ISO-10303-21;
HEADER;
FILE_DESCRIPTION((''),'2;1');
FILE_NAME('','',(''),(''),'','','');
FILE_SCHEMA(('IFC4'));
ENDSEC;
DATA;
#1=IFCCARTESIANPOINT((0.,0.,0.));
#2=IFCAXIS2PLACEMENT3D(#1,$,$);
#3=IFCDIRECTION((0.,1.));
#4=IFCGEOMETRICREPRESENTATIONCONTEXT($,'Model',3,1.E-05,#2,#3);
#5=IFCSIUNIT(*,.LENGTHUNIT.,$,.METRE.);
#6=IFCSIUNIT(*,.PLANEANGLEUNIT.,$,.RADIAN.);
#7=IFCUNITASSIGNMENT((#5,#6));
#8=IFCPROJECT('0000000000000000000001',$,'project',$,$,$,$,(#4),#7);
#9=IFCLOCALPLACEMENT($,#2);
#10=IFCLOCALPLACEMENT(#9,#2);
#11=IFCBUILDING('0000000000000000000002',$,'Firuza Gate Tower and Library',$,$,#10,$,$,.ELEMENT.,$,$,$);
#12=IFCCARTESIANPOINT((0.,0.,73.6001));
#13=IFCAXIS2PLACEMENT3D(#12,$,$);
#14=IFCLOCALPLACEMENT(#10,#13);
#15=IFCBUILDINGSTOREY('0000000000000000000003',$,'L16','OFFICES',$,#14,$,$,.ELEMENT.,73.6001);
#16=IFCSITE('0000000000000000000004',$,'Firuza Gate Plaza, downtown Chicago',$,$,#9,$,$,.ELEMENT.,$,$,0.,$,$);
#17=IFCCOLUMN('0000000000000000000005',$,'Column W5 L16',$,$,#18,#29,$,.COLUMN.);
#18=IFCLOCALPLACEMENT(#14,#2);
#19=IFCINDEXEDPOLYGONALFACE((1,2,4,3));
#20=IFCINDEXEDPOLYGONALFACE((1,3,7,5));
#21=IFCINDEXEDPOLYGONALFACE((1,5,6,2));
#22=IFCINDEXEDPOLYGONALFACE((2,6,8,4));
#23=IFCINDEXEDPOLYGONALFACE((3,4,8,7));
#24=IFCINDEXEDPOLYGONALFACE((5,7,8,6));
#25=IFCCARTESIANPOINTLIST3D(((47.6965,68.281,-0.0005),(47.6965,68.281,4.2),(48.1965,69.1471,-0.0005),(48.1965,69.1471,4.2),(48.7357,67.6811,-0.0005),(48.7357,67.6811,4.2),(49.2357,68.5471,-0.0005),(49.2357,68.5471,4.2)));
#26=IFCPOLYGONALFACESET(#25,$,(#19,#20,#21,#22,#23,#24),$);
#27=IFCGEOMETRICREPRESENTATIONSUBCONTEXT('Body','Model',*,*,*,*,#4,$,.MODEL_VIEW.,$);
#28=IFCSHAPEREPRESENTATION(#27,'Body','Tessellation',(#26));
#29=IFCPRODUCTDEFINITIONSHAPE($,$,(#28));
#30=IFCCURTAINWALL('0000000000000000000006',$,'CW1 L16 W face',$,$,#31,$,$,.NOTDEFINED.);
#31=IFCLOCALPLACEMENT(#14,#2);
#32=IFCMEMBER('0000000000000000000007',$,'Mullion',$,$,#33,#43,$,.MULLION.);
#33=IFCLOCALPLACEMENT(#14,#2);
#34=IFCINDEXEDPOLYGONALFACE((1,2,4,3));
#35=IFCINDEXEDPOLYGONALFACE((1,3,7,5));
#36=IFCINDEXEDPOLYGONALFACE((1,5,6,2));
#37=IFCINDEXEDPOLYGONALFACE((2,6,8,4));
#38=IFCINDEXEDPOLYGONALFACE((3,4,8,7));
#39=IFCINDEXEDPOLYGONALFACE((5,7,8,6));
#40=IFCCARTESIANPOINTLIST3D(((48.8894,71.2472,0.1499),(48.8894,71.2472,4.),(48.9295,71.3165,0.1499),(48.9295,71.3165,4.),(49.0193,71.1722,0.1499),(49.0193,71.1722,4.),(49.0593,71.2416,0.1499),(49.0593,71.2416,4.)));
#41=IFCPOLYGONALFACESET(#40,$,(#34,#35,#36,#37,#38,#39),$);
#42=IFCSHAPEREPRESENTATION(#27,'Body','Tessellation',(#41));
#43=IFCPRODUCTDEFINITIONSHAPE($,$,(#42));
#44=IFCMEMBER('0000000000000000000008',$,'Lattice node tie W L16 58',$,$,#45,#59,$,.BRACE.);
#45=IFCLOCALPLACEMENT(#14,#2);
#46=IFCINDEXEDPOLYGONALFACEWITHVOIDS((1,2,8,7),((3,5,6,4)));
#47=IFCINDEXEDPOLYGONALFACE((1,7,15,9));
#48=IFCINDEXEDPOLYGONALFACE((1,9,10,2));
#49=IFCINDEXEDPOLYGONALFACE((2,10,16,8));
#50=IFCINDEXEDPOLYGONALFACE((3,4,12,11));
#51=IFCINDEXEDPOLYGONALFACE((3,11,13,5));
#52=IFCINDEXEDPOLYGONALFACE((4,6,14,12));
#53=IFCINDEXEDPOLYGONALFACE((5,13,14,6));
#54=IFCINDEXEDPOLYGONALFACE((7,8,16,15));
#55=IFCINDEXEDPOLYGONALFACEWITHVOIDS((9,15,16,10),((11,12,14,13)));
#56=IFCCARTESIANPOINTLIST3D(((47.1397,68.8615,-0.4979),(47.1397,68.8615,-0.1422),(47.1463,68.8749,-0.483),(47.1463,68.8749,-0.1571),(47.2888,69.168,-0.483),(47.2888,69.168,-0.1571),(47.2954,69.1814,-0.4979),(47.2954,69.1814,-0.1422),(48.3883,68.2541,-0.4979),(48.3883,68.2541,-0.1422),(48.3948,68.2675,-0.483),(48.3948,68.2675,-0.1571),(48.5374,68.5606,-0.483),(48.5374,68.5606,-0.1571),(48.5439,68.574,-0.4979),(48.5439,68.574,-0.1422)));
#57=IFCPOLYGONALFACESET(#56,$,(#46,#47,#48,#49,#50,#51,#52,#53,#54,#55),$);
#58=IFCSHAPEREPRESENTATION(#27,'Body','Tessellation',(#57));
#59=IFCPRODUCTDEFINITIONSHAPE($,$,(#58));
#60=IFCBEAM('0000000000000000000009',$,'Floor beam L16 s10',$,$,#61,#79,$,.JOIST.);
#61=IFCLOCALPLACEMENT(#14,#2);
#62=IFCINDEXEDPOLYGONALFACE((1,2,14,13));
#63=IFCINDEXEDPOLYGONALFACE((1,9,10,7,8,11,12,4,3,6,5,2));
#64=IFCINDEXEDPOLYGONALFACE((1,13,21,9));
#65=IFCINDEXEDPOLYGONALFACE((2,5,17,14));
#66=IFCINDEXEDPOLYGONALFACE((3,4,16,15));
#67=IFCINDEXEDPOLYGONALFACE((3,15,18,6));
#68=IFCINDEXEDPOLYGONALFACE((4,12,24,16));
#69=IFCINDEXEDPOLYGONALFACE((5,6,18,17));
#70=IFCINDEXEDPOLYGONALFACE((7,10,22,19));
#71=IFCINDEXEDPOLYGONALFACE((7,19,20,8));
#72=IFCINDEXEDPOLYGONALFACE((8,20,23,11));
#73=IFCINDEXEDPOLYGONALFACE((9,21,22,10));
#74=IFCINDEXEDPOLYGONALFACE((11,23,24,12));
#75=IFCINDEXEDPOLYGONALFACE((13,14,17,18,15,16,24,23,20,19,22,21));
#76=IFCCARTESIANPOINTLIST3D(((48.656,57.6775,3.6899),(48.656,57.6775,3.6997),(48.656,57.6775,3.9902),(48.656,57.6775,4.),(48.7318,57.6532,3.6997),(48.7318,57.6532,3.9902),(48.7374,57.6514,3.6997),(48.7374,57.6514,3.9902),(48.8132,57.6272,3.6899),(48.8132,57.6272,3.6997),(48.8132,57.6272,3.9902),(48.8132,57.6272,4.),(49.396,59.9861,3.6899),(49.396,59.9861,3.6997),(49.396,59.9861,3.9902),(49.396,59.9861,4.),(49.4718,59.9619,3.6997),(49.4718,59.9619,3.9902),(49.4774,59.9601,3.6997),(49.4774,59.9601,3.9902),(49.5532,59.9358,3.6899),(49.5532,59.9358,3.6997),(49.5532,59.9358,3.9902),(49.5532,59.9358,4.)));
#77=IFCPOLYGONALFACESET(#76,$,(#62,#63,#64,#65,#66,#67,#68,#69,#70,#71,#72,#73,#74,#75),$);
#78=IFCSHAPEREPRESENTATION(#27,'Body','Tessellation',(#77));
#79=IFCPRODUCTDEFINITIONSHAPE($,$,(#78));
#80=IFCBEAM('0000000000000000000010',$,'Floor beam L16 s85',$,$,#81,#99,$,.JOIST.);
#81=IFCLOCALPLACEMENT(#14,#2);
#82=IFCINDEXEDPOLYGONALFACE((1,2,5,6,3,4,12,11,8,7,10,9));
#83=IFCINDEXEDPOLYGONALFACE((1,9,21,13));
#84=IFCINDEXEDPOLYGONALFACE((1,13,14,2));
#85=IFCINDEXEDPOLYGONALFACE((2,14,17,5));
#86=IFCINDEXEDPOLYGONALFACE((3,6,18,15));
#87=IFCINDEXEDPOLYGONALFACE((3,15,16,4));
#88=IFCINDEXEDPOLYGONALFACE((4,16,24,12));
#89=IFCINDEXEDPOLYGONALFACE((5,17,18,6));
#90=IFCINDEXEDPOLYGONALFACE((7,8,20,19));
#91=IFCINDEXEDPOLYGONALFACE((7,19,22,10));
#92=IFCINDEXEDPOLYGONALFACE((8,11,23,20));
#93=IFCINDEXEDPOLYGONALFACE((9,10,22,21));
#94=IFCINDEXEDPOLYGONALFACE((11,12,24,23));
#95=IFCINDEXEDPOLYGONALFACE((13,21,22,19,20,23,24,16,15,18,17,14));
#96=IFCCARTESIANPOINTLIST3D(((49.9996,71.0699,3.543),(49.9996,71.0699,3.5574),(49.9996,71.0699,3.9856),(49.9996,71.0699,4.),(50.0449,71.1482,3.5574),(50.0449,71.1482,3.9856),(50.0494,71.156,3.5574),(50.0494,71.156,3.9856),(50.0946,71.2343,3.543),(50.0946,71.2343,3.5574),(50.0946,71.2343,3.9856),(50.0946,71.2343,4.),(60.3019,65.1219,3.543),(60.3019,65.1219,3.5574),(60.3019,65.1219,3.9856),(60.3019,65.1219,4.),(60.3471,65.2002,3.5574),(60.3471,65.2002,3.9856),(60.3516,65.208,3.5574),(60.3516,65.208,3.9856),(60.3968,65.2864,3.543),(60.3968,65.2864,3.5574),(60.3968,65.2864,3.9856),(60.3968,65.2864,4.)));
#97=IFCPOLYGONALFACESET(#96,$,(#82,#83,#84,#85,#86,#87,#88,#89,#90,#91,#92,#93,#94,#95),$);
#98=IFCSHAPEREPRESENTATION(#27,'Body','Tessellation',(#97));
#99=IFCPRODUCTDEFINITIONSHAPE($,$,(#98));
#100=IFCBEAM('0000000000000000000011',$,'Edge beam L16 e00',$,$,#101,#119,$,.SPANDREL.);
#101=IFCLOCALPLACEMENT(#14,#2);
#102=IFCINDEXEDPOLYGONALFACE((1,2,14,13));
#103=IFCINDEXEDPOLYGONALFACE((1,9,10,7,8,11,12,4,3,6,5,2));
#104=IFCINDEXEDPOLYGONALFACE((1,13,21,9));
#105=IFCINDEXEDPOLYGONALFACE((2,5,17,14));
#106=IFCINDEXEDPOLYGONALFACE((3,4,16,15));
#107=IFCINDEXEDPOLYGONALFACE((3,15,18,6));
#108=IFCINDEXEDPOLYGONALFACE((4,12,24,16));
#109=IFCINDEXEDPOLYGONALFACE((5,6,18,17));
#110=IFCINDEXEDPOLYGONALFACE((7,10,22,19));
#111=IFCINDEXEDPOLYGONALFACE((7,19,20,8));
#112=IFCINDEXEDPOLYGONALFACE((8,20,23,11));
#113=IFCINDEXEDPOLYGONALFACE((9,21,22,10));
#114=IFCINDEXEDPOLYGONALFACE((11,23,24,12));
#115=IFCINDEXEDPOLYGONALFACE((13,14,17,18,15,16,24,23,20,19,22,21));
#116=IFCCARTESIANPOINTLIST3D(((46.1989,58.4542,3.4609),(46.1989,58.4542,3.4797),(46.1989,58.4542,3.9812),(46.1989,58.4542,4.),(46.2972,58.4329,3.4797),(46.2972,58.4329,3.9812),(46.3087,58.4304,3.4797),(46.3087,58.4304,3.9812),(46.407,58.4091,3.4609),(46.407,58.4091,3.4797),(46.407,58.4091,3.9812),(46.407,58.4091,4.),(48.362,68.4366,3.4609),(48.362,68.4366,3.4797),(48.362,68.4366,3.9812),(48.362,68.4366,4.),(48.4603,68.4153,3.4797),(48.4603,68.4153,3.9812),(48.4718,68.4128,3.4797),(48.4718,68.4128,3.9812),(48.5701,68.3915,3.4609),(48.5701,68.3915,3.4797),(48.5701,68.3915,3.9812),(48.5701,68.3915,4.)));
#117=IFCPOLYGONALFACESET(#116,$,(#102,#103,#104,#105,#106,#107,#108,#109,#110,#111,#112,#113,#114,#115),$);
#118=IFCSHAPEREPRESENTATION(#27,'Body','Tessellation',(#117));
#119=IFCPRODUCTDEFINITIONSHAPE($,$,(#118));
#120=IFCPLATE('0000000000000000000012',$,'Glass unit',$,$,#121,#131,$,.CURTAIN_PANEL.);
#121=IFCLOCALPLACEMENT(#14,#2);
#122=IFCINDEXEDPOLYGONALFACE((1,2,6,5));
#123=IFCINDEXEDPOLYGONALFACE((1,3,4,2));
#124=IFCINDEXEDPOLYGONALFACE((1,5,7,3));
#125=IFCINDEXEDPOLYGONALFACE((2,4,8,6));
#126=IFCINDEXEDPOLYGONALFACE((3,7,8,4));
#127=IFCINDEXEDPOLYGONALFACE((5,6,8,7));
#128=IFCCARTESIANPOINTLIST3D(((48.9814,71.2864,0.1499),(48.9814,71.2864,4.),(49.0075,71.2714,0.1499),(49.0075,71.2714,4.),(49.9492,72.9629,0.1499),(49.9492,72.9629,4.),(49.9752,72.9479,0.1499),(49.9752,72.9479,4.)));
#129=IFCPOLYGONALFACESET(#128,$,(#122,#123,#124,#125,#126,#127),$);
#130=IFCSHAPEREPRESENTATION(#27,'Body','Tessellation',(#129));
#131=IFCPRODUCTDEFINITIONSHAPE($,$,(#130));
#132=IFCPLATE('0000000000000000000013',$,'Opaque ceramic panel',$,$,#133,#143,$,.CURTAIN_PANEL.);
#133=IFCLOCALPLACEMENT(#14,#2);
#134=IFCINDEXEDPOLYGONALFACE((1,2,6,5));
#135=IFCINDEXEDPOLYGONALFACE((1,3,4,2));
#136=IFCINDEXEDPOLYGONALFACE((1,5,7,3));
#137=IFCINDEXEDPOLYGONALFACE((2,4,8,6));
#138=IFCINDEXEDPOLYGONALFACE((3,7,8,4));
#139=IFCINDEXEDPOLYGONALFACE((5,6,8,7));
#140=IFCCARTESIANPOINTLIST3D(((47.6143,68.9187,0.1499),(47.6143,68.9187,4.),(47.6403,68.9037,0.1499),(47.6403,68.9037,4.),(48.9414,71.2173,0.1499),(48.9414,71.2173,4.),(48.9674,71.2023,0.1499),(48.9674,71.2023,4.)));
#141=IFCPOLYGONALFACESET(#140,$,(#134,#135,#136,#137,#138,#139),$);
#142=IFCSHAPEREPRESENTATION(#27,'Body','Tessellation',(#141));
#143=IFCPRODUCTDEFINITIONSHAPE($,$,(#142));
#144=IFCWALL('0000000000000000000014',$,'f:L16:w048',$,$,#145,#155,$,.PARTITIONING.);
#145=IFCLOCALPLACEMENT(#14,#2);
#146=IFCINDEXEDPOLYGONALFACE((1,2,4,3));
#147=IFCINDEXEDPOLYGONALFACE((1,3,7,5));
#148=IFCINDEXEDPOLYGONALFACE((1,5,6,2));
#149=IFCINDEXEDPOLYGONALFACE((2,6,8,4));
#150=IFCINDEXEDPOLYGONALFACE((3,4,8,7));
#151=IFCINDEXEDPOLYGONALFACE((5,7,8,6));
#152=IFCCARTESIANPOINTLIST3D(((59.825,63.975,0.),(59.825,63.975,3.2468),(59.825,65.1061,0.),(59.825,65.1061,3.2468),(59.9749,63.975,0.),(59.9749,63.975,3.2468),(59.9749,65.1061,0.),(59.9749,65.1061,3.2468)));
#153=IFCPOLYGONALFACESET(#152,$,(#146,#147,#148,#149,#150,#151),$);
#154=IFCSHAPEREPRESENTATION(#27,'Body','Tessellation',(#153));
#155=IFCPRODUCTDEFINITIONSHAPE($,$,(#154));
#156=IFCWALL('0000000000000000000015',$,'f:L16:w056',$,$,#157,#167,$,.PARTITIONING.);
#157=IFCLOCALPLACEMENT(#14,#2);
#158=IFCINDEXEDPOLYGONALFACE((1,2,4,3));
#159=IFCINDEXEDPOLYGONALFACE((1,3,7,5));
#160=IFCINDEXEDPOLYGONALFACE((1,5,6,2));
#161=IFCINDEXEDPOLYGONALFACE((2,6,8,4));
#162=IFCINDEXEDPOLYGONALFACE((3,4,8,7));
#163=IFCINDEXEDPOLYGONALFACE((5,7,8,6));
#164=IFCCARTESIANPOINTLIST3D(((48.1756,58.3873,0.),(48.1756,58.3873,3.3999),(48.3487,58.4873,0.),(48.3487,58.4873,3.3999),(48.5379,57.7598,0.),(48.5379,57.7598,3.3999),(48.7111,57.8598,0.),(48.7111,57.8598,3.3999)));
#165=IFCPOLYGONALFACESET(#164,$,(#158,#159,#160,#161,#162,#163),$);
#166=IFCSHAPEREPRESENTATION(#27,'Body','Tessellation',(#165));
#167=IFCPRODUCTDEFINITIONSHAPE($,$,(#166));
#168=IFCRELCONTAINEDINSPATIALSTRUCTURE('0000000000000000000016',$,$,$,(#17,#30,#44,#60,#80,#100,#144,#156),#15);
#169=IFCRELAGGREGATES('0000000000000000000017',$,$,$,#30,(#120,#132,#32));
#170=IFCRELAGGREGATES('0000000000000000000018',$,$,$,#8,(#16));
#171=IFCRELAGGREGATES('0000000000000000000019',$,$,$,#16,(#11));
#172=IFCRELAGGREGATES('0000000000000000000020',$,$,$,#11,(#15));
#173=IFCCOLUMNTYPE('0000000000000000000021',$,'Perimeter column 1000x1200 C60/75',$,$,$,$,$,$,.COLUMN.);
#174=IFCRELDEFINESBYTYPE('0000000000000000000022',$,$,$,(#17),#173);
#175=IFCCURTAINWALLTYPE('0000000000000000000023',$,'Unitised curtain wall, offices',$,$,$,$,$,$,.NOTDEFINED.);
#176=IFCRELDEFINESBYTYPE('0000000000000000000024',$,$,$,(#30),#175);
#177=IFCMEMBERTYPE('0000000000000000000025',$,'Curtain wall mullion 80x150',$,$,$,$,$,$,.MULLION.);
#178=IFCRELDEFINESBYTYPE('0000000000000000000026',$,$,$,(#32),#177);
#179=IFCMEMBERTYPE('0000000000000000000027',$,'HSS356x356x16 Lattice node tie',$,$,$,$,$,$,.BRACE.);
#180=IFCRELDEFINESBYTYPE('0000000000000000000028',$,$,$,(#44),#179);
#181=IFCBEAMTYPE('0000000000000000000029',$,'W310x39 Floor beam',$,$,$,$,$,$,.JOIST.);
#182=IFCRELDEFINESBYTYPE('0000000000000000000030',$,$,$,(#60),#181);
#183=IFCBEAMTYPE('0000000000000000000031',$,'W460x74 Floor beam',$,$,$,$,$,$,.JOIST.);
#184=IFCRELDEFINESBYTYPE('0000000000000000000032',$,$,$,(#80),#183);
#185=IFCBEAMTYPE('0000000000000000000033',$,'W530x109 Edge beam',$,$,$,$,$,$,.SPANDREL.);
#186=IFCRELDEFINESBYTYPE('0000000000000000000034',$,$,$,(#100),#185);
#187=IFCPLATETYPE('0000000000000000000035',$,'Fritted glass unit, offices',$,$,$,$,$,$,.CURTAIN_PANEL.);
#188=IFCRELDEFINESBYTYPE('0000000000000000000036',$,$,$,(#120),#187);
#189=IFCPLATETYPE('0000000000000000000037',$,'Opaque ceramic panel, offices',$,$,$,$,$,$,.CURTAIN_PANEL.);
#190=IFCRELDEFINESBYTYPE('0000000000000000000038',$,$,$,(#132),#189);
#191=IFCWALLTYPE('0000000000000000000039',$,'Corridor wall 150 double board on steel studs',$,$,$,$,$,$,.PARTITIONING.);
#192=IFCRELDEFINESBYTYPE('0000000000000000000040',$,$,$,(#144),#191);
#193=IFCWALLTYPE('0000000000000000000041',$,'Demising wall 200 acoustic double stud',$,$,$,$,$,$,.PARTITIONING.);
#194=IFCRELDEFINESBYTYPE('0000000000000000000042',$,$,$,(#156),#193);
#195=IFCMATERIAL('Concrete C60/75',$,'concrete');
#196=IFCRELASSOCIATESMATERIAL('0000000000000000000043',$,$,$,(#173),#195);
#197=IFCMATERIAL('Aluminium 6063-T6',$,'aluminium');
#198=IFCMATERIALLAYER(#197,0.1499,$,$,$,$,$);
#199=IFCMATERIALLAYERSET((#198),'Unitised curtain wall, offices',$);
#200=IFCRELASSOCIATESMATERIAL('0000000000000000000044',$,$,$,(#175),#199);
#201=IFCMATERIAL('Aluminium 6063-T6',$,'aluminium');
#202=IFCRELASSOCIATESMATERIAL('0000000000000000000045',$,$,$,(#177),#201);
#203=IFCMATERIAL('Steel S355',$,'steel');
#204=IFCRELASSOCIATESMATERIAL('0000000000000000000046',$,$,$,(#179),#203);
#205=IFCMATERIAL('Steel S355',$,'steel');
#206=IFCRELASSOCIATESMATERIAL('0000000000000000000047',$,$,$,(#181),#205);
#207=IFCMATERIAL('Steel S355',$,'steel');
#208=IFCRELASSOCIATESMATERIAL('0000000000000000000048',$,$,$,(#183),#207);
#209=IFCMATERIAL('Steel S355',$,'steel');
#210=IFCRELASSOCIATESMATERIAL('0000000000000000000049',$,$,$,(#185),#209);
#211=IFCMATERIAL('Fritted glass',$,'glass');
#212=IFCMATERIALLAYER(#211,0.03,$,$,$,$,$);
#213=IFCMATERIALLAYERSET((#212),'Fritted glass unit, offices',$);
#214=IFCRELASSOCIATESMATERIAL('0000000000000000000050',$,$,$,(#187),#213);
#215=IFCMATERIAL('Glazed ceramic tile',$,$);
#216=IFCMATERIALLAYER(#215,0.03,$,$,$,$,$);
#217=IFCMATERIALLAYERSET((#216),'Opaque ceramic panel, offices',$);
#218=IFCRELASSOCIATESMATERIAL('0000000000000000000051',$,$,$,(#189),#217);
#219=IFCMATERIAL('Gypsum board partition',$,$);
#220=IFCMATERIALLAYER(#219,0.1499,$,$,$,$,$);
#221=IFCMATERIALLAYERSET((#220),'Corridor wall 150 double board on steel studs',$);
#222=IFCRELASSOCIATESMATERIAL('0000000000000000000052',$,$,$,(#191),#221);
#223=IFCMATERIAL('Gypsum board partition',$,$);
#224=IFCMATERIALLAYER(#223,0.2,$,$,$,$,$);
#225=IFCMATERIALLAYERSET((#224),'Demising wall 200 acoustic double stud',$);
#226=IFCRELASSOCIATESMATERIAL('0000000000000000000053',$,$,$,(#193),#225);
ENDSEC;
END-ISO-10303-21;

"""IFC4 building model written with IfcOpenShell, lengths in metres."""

from ifc_helpers import new_model, si_unit, direction, frame, frame_2d, origin, origin_2d, place, context, subcontext, project, spatial, polyline, rectangle, hollow_rectangle, i_section, outline, extrude, material, layer, layer_set, material_profile, profile_set, type_object, element, aggregate, save


model = new_model("IFC4")

# Units and contexts
model_context = context("Model", 3, precision=1e-05, world=origin(), true_north=direction((0.0, 1.0)))
body_context = subcontext(model_context, "Body", "Model", "MODEL_VIEW")
ifc_project = project(units=[si_unit("LENGTHUNIT", "METRE"), si_unit("PLANEANGLEUNIT", "RADIAN")], contexts=[model_context])

# Site, building, storey
site_placement = place(None, origin())
site = spatial("IfcSite", under=ifc_project, at=site_placement, Name="Firuza Gate Plaza, downtown Chicago", CompositionType="ELEMENT", RefElevation=0.0)
building_placement = place(site_placement, origin())
building = spatial("IfcBuilding", under=site, at=building_placement, Name="Firuza Gate Tower and Library", CompositionType="ELEMENT")
storey_placement = place(building_placement, frame((0.0, 0.0, 73.6001)))
storey = spatial("IfcBuildingStorey", under=building, at=storey_placement, Name="L16", Description="OFFICES", CompositionType="ELEMENT", Elevation=73.6001)

# Column
ifc_material_1 = material(Name="Concrete C60/75", Category="concrete")
ifc_material_profile_1 = material_profile(ifc_material_1, rectangle(XDim=1.0, YDim=1.2, at=origin_2d()))
ifc_profile_set_1 = profile_set([ifc_material_profile_1], Name="Concrete C60/75")
column_type = type_object("IfcColumnType", Name="Perimeter column 1000x1200 C60/75", PredefinedType="COLUMN", material=ifc_profile_set_1)
column_placement = place(storey_placement, frame((48.4661, 68.4141, -0.0005), z_axis=(0.0, 0.0, 1.0), x_axis=(-0.5, -0.866025, 0.0)))
element("IfcColumn", 1, at=column_placement, inside=storey, type_object=column_type, Name="Column W5 L16", PredefinedType="COLUMN", context=body_context, shape_type="SweptSolid", body=[
    extrude(rectangle(XDim=1.0, YDim=1.2, at=origin_2d()), origin(), (0.0, 0.0, 1.0), 4.2004),
])

# Curtain wall, member
ifc_material_2 = material(Name="Aluminium 6063-T6", Category="aluminium")
ifc_layer_1 = layer(ifc_material_2, 0.1499)
ifc_layer_set_1 = layer_set([ifc_layer_1], Name="Unitised curtain wall, offices")
curtain_wall_type = type_object("IfcCurtainWallType", Name="Unitised curtain wall, offices", PredefinedType="NOTDEFINED", material=ifc_layer_set_1)
curtain_wall_placement = place(storey_placement, origin())
curtain_wall = element("IfcCurtainWall", 2, at=curtain_wall_placement, inside=storey, type_object=curtain_wall_type, Name="CW1 L16 W face", PredefinedType="NOTDEFINED")
ifc_material_3 = material(Name="Aluminium 6063-T6", Category="aluminium")
ifc_material_profile_2 = material_profile(ifc_material_3, rectangle(XDim=0.1499, YDim=0.0801, at=origin_2d()))
ifc_profile_set_2 = profile_set([ifc_material_profile_2], Name="Aluminium 6063-T6")
member_type_1 = type_object("IfcMemberType", Name="Curtain wall mullion 80x150", PredefinedType="MULLION", material=ifc_profile_set_2)
member_1_placement = place(storey_placement, frame((48.9744, 71.2444, 0.1499), z_axis=(0.0, 0.0, 1.0), x_axis=(0.866025, -0.5, 0.0)))
member_1 = element("IfcMember", 3, at=member_1_placement, type_object=member_type_1, Name="Mullion", PredefinedType="MULLION", context=body_context, shape_type="SweptSolid", body=[
    extrude(rectangle(XDim=0.1499, YDim=0.0801, at=origin_2d()), origin(), (0.0, 0.0, 1.0), 3.8501),
])

# Member
ifc_material_4 = material(Name="Steel S355", Category="steel")
ifc_material_profile_3 = material_profile(ifc_material_4, hollow_rectangle(XDim=0.3557, YDim=0.3557, WallThickness=0.0149, at=origin_2d()))
ifc_profile_set_3 = profile_set([ifc_material_profile_3], Name="Steel S355")
member_type_2 = type_object("IfcMemberType", Name="HSS356x356x16 Lattice node tie", PredefinedType="BRACE", material=ifc_profile_set_3)
member_2_placement = place(storey_placement, frame((48.4661, 68.4141, -0.3201), z_axis=(-0.899228, 0.437481, 0.0), x_axis=(-0.437481, -0.899228, 0.0)))
element("IfcMember", 4, at=member_2_placement, inside=storey, type_object=member_type_2, Name="Lattice node tie W L16 58", PredefinedType="BRACE", context=body_context, shape_type="SweptSolid", body=[
    extrude(hollow_rectangle(XDim=0.3557, YDim=0.3557, WallThickness=0.0149, at=origin_2d()), origin(), (0.0, 0.0, 1.0), 1.3884),
])

# Beams
ifc_material_5 = material(Name="Steel S355", Category="steel")
ifc_material_profile_4 = material_profile(ifc_material_5, i_section(OverallWidth=0.165, OverallDepth=0.3101, WebThickness=0.0059, FlangeThickness=0.0098, at=origin_2d()))
ifc_profile_set_4 = profile_set([ifc_material_profile_4], Name="Steel S355")
beam_type_1 = type_object("IfcBeamType", Name="W310x39 Floor beam", PredefinedType="JOIST", material=ifc_profile_set_4)
beam_1_placement = place(storey_placement, frame((48.7346, 57.6523, 3.845), z_axis=(0.30524, 0.952276, 0.0), x_axis=(-0.952276, 0.30524, 0.0)))
element("IfcBeam", 5, at=beam_1_placement, inside=storey, type_object=beam_type_1, Name="Floor beam L16 s10", PredefinedType="JOIST", context=body_context, shape_type="SweptSolid", body=[
    extrude(i_section(OverallWidth=0.165, OverallDepth=0.3101, WebThickness=0.0059, FlangeThickness=0.0098, at=origin_2d()), origin(), (0.0, 0.0, 1.0), 2.4243),
])
ifc_material_6 = material(Name="Steel S355", Category="steel")
ifc_material_profile_5 = material_profile(ifc_material_6, i_section(OverallWidth=0.1899, OverallDepth=0.457, WebThickness=0.009, FlangeThickness=0.0144, at=origin_2d()))
ifc_profile_set_5 = profile_set([ifc_material_profile_5], Name="Steel S355")
beam_type_2 = type_object("IfcBeamType", Name="W460x74 Floor beam", PredefinedType="JOIST", material=ifc_profile_set_5)
beam_2_placement = place(storey_placement, frame((50.0471, 71.1521, 3.7715), z_axis=(0.866026, -0.5, 0.0), x_axis=(0.5, 0.866026, 0.0)))
element("IfcBeam", 6, at=beam_2_placement, inside=storey, type_object=beam_type_2, Name="Floor beam L16 s85", PredefinedType="JOIST", context=body_context, shape_type="SweptSolid", body=[
    extrude(i_section(OverallWidth=0.1899, OverallDepth=0.457, WebThickness=0.009, FlangeThickness=0.0144, at=origin_2d()), origin(), (0.0, 0.0, 1.0), 11.896),
])
ifc_material_7 = material(Name="Steel S355", Category="steel")
ifc_material_profile_6 = material_profile(ifc_material_7, i_section(OverallWidth=0.2129, OverallDepth=0.5391, WebThickness=0.0117, FlangeThickness=0.0188, at=origin_2d()))
ifc_profile_set_6 = profile_set([ifc_material_profile_6], Name="Steel S355")
beam_type_3 = type_object("IfcBeamType", Name="W530x109 Edge beam", PredefinedType="SPANDREL", material=ifc_profile_set_6)
beam_3_placement = place(storey_placement, frame((48.4661, 68.4141, 3.7305), z_axis=(-0.211775, -0.977319, 0.0), x_axis=(0.977319, -0.211775, 0.0)))
element("IfcBeam", 7, at=beam_3_placement, inside=storey, type_object=beam_type_3, Name="Edge beam L16 e00", PredefinedType="SPANDREL", context=body_context, shape_type="SweptSolid", body=[
    extrude(i_section(OverallWidth=0.2129, OverallDepth=0.5391, WebThickness=0.0117, FlangeThickness=0.0188, at=origin_2d()), origin(), (0.0, 0.0, 1.0), 10.2141),
])

# Plates
ifc_material_8 = material(Name="Fritted glass", Category="glass")
ifc_layer_2 = layer(ifc_material_8, 0.03)
ifc_layer_set_2 = layer_set([ifc_layer_2], Name="Fritted glass unit, offices")
plate_type_1 = type_object("IfcPlateType", Name="Fritted glass unit, offices", PredefinedType="CURTAIN_PANEL", material=ifc_layer_set_2)
plate_1_placement = place(storey_placement, frame((49.9492, 72.9629, 0.1499), z_axis=(-0.866062, 0.499937, 0.0), x_axis=(-0.499937, -0.866062, 0.0)))
plate_1 = element("IfcPlate", 8, at=plate_1_placement, type_object=plate_type_1, Name="Glass unit", PredefinedType="CURTAIN_PANEL", context=body_context, shape_type="SweptSolid", body=[
    extrude(outline(polyline([(0.0, 0.0), (1.9358, 0.0), (1.9358, 3.8501), (0.0, 3.8501), (0.0, 0.0)])), origin(), (0.0, 0.0, -1.0), 0.03),
])
ifc_material_9 = material(Name="Glazed ceramic tile")
ifc_layer_3 = layer(ifc_material_9, 0.03)
ifc_layer_set_3 = layer_set([ifc_layer_3], Name="Opaque ceramic panel, offices")
plate_type_2 = type_object("IfcPlateType", Name="Opaque ceramic panel, offices", PredefinedType="CURTAIN_PANEL", material=ifc_layer_set_3)
plate_2_placement = place(storey_placement, frame((48.9414, 71.2173, 0.1499), z_axis=(-0.866016, 0.500017, 0.0), x_axis=(-0.500017, -0.866016, 0.0)))
plate_2 = element("IfcPlate", 9, at=plate_2_placement, type_object=plate_type_2, Name="Opaque ceramic panel", PredefinedType="CURTAIN_PANEL", context=body_context, shape_type="SweptSolid", body=[
    extrude(outline(polyline([(0.0, 0.0), (2.6542, 0.0), (2.6542, 3.8501), (0.0, 3.8501), (0.0, 0.0)])), origin(), (0.0, 0.0, -1.0), 0.03),
])
aggregate(curtain_wall, [plate_1, plate_2, member_1])

# Walls
ifc_material_10 = material(Name="Gypsum board partition")
ifc_layer_4 = layer(ifc_material_10, 0.1499)
ifc_layer_set_4 = layer_set([ifc_layer_4], Name="Corridor wall 150 double board on steel studs")
wall_type_1 = type_object("IfcWallType", Name="Corridor wall 150 double board on steel studs", PredefinedType="PARTITIONING", material=ifc_layer_set_4)
wall_1_placement = place(storey_placement, frame((59.8999, 63.9751, 0.0), z_axis=(0.0, 0.0, 1.0), x_axis=(0.0, 1.0, 0.0)))
element("IfcWall", 10, at=wall_1_placement, inside=storey, type_object=wall_type_1, Name="f:L16:w048", PredefinedType="PARTITIONING", context=body_context, shape_type="SweptSolid", body=[
    extrude(rectangle(XDim=1.1311, YDim=0.1499, at=frame_2d((0.5654, 0.0))), origin(), (0.0, 0.0, 1.0), 3.2468),
])
ifc_material_11 = material(Name="Gypsum board partition")
ifc_layer_5 = layer(ifc_material_11, 0.2)
ifc_layer_set_5 = layer_set([ifc_layer_5], Name="Demising wall 200 acoustic double stud")
wall_type_2 = type_object("IfcWallType", Name="Demising wall 200 acoustic double stud", PredefinedType="PARTITIONING", material=ifc_layer_set_5)
wall_2_placement = place(storey_placement, frame((48.6245, 57.8098, 0.0), z_axis=(0.0, 0.0, 1.0), x_axis=(-0.500053, 0.865995, 0.0)))
element("IfcWall", 11, at=wall_2_placement, inside=storey, type_object=wall_type_2, Name="f:L16:w056", PredefinedType="PARTITIONING", context=body_context, shape_type="SweptSolid", body=[
    extrude(rectangle(XDim=0.7246, YDim=0.2, at=frame_2d((0.3623, 0.0))), origin(), (0.0, 0.0, 1.0), 3.3999),
])

save(model, "model.ifc")
